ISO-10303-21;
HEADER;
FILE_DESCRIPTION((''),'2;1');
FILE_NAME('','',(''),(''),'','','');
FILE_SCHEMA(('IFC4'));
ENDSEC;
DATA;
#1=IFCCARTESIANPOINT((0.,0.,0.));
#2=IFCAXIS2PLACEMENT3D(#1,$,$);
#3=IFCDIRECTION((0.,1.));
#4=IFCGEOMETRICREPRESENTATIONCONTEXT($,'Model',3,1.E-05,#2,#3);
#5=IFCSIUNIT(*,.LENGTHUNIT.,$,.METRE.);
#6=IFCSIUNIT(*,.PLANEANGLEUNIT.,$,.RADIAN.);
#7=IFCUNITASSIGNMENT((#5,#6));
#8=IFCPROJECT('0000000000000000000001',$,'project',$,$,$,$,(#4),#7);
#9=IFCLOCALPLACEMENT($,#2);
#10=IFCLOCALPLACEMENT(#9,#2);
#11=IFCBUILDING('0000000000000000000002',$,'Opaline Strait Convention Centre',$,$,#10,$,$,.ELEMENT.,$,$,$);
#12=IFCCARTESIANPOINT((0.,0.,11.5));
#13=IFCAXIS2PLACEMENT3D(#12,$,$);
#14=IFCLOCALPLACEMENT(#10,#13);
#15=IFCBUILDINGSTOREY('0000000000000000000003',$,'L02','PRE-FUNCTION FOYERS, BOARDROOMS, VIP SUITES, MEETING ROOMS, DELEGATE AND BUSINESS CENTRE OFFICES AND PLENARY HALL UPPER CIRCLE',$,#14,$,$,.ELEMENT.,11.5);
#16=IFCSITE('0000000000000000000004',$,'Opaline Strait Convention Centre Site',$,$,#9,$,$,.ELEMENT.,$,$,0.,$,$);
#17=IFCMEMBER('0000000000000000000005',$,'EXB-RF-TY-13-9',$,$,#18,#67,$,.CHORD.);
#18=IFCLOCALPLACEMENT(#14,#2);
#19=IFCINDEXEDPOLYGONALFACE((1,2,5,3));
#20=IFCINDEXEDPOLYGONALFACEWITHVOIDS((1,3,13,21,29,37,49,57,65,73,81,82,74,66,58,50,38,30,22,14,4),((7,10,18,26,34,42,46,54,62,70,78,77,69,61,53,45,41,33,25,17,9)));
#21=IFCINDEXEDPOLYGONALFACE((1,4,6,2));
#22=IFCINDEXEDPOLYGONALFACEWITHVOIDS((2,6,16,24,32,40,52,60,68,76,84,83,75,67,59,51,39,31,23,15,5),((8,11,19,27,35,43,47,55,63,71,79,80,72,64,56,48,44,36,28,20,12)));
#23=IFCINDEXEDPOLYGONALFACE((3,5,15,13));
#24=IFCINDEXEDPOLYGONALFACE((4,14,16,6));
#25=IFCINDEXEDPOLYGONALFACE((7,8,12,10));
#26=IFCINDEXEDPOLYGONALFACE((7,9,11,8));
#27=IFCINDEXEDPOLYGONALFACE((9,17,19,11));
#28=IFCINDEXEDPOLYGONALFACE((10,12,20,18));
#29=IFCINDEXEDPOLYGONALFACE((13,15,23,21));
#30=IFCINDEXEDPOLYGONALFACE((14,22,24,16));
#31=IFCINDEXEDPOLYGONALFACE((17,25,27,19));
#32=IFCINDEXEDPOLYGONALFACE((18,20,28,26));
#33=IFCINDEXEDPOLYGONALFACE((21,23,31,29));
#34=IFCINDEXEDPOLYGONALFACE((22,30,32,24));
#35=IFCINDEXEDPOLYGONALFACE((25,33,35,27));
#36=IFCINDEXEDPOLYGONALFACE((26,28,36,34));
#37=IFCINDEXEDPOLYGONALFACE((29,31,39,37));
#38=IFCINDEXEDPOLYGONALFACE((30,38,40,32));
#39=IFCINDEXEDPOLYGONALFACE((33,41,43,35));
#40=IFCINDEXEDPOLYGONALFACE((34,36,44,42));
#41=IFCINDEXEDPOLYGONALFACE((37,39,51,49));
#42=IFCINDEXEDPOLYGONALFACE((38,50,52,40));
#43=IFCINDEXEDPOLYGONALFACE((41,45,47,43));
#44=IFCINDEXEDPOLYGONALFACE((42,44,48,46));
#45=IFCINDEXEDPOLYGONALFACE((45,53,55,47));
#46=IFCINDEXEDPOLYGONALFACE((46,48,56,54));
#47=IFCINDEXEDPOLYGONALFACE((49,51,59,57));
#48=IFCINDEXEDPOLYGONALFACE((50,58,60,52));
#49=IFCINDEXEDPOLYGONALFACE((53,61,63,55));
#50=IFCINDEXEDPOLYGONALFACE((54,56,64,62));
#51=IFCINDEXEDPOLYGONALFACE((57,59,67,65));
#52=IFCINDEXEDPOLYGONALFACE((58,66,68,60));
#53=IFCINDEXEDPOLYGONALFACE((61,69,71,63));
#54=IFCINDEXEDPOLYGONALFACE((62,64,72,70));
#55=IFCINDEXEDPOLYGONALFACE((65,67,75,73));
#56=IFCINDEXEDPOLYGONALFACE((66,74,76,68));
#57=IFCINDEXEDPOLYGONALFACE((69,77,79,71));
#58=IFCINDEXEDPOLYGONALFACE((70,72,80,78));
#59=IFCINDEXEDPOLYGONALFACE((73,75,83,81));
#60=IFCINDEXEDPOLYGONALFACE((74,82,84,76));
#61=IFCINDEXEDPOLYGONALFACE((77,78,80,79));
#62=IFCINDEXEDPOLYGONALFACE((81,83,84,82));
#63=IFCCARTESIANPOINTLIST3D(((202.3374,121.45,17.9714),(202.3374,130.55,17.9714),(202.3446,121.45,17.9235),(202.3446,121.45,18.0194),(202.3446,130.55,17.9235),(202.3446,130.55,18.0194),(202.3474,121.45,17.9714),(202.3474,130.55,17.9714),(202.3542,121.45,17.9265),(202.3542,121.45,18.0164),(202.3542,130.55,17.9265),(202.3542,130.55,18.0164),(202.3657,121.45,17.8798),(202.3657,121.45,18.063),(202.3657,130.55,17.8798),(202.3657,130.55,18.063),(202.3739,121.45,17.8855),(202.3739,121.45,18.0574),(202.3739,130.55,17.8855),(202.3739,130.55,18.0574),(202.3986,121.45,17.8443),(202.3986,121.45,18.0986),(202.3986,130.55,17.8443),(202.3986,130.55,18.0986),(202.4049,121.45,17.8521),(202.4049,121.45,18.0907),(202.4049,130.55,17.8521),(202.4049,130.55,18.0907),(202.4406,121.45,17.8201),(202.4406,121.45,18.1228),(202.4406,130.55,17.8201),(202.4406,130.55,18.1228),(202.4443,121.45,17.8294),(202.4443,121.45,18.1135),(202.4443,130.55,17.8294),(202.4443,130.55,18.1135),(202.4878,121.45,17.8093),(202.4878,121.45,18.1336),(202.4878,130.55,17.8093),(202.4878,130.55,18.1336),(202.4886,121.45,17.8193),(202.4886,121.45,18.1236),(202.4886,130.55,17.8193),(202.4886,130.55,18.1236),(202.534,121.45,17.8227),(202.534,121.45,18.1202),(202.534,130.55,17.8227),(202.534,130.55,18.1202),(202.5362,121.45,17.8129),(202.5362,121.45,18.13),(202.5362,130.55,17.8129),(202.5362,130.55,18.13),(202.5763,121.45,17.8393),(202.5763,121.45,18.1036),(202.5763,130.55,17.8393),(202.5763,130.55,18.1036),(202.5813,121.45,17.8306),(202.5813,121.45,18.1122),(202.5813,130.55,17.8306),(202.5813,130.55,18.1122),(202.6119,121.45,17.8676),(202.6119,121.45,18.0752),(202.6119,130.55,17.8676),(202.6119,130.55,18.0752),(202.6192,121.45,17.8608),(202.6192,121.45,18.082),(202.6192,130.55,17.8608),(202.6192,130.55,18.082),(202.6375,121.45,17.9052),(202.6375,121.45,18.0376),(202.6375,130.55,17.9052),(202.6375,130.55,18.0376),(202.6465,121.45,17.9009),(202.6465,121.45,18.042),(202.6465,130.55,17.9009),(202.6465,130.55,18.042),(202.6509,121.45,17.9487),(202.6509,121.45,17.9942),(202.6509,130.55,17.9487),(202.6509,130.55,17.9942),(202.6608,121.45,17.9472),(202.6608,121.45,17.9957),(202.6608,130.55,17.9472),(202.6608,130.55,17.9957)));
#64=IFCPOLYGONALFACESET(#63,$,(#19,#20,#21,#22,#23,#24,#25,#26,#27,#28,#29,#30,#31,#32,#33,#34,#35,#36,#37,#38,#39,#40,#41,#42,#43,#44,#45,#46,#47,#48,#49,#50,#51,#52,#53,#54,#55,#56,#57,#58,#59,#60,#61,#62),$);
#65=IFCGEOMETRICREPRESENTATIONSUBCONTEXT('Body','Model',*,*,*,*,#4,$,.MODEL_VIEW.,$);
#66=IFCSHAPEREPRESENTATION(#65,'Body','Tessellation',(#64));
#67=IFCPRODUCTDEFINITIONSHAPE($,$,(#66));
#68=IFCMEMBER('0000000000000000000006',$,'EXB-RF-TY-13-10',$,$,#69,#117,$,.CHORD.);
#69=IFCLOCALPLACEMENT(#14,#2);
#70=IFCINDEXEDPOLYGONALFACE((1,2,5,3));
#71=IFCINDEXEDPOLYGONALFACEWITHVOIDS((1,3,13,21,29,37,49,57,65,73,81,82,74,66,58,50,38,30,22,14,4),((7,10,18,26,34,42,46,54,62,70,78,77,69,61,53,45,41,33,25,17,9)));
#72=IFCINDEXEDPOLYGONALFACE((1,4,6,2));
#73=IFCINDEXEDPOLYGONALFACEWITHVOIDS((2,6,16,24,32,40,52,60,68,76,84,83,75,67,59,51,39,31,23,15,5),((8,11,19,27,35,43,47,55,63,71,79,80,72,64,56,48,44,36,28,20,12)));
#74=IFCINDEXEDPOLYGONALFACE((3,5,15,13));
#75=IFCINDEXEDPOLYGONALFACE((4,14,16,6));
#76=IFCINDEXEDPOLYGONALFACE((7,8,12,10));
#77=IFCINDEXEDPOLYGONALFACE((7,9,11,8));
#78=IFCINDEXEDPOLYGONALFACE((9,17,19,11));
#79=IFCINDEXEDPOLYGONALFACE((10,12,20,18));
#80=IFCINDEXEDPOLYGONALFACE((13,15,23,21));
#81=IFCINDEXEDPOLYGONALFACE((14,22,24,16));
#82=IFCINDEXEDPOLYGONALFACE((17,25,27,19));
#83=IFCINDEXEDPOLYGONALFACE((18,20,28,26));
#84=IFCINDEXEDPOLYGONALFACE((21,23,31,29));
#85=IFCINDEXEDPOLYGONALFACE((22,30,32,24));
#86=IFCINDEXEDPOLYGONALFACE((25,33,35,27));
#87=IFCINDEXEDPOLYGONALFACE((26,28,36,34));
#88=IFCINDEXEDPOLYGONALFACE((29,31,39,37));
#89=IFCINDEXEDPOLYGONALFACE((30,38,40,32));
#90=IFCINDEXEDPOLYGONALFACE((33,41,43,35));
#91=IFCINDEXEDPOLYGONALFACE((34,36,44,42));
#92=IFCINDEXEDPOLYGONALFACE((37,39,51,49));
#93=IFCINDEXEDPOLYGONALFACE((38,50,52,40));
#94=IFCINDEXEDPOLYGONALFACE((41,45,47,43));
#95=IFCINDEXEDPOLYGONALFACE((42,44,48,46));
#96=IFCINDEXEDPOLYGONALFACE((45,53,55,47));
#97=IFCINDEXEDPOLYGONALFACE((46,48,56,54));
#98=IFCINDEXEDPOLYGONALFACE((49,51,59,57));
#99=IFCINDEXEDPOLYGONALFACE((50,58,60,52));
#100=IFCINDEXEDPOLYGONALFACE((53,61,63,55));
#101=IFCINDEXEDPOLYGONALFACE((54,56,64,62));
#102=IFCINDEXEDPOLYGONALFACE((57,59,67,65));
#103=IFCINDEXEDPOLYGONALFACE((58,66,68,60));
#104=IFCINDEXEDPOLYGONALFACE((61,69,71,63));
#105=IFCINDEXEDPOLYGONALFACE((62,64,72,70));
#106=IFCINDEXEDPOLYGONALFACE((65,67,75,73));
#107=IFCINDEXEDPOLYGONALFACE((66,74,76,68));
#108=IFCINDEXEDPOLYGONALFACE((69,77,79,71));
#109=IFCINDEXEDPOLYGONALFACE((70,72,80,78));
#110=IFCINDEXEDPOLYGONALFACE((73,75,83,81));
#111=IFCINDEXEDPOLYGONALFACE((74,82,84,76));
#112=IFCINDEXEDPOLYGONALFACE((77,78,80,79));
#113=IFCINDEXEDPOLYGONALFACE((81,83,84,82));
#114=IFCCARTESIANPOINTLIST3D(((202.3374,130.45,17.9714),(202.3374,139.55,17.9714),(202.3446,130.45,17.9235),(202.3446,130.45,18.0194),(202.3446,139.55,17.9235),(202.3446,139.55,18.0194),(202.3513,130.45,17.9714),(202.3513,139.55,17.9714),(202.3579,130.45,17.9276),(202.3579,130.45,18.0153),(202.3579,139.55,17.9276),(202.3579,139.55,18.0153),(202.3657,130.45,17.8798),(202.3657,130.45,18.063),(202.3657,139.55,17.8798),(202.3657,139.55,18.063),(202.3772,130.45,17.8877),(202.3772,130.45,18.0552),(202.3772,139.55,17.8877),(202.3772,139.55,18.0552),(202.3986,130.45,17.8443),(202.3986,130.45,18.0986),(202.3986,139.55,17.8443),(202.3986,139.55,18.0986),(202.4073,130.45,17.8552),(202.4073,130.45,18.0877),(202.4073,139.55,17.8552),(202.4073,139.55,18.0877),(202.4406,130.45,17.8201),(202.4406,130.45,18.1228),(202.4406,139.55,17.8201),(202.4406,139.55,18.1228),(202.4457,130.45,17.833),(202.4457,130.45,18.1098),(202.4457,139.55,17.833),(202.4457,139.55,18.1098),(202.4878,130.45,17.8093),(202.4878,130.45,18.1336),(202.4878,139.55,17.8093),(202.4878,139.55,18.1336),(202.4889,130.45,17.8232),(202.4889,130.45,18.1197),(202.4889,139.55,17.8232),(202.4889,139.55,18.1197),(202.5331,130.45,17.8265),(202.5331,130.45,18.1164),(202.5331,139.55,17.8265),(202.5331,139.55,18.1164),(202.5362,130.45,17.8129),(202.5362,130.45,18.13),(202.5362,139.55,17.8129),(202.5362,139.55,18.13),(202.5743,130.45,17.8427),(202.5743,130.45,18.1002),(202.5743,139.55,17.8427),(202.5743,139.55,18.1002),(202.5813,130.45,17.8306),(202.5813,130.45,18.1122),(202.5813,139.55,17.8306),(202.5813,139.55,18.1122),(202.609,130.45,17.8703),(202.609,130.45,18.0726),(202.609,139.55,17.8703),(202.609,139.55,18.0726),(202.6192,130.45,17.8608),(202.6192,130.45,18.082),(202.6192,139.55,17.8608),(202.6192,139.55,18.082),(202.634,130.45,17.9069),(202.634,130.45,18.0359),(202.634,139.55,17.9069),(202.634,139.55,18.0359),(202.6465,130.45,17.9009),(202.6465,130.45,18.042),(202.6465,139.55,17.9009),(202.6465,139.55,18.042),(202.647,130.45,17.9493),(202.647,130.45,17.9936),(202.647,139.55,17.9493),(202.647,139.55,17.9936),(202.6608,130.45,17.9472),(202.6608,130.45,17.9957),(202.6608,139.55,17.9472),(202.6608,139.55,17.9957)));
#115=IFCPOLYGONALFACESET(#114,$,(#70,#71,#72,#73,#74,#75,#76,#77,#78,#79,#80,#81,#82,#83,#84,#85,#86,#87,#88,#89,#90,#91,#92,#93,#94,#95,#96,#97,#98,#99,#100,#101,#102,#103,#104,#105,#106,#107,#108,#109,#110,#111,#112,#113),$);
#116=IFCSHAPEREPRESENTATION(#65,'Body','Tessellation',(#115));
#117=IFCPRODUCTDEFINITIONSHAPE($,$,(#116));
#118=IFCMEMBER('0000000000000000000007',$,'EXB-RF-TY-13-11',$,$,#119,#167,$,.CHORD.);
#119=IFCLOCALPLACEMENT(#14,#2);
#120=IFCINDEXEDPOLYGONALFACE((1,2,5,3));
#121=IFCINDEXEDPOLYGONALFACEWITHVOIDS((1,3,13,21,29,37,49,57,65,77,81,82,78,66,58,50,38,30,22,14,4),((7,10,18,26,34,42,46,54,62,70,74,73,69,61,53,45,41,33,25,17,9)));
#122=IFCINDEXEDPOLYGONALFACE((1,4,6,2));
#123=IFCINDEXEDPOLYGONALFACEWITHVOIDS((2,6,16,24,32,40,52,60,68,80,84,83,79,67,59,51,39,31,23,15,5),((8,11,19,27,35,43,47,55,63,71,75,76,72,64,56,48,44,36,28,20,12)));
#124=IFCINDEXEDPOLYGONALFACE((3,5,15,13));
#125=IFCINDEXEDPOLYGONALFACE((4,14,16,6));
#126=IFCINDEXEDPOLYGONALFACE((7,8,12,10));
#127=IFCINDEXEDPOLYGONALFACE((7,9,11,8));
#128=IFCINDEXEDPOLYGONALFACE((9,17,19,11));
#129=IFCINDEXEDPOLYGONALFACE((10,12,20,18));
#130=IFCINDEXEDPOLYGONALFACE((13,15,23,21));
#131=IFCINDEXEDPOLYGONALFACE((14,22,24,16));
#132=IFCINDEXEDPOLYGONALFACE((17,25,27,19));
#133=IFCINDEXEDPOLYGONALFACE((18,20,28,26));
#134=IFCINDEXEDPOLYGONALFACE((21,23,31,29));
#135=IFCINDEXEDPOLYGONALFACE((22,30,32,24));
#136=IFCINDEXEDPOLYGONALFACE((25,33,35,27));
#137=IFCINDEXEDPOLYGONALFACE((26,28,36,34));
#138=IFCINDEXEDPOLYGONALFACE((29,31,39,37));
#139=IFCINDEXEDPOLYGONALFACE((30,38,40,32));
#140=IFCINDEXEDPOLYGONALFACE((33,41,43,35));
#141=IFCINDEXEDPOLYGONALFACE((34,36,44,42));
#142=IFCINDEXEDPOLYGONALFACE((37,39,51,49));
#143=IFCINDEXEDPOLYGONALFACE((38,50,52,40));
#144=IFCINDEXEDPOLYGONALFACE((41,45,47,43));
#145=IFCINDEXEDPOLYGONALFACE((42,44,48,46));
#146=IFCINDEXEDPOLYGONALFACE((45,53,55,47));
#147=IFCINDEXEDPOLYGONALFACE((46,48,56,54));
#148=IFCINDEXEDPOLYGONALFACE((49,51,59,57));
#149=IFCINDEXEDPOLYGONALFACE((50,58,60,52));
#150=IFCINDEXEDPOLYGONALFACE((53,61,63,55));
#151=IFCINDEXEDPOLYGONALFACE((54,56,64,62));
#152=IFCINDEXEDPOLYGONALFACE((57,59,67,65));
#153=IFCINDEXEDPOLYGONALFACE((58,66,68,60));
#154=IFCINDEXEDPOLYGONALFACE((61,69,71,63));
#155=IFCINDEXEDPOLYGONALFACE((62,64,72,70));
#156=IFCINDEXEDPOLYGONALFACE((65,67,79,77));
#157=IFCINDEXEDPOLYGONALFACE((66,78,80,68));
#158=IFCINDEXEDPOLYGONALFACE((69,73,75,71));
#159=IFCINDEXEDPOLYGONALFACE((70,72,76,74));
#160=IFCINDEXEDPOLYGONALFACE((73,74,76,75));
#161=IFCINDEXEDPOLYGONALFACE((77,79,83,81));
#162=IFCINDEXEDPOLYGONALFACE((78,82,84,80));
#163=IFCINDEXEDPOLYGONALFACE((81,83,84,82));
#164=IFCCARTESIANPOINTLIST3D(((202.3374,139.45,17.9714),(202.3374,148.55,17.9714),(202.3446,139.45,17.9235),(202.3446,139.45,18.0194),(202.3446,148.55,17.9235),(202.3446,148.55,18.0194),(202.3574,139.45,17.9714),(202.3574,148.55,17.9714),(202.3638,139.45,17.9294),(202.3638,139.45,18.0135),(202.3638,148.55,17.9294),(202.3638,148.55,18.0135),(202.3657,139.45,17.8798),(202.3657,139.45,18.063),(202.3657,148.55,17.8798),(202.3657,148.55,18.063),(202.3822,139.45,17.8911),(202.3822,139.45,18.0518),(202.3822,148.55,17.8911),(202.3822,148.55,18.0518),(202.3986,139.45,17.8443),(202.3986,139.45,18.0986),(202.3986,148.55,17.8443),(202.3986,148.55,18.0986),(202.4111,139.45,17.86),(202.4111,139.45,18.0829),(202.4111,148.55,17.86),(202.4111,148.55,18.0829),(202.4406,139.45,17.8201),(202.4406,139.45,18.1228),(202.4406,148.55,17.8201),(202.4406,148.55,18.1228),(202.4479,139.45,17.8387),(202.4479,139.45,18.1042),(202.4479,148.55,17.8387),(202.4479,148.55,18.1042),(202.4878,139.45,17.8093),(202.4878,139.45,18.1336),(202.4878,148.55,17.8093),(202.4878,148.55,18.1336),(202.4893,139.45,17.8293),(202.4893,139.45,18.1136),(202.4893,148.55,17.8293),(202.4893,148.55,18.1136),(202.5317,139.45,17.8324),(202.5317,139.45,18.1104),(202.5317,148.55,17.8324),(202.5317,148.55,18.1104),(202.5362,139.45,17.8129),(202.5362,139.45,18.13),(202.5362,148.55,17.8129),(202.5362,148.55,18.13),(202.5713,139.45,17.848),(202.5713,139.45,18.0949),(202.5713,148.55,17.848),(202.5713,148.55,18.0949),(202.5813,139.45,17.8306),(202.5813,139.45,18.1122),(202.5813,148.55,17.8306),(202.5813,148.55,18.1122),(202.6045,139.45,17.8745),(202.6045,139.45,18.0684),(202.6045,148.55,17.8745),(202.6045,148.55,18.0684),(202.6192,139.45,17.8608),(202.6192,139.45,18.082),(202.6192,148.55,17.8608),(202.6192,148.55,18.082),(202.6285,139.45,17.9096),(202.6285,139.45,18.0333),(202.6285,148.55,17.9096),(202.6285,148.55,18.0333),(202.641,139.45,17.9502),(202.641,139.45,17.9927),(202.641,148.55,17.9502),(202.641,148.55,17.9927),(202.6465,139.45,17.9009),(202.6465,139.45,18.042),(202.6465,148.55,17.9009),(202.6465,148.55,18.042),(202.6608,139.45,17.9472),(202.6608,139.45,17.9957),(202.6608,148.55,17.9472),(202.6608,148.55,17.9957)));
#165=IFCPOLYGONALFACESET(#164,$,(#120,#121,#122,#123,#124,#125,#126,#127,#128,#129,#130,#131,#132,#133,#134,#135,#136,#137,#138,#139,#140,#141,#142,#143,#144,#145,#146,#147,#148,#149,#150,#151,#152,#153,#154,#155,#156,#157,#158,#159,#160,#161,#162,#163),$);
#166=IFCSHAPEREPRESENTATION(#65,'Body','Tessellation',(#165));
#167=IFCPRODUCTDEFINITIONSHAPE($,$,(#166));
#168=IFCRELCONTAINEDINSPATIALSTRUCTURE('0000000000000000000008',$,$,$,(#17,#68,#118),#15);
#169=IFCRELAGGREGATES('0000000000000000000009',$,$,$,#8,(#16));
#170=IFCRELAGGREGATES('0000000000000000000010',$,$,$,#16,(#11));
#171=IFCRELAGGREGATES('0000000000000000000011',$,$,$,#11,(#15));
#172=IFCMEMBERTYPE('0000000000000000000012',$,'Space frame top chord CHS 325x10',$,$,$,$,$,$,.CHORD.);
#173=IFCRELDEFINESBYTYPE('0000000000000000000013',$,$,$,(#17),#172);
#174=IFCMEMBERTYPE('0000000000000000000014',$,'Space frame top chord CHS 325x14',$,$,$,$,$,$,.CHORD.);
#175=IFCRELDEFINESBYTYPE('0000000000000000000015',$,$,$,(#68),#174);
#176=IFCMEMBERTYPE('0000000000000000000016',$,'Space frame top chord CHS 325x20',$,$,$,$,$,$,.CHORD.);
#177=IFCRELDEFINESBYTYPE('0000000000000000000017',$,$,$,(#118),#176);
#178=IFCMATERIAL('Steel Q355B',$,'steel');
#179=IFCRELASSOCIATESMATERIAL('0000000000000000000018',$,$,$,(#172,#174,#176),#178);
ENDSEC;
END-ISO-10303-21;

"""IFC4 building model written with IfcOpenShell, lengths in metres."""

from ifc_helpers import new_model, si_unit, direction, frame, origin, origin_2d, place, context, subcontext, project, spatial, hollow_circle, extrude, material, material_profile, profile_set, type_object, element, save


model = new_model("IFC4")

# Units and contexts
model_context = context("Model", 3, precision=1e-05, world=origin(), true_north=direction((0.0, 1.0)))
body_context = subcontext(model_context, "Body", "Model", "MODEL_VIEW")
ifc_project = project(units=[si_unit("LENGTHUNIT", "METRE"), si_unit("PLANEANGLEUNIT", "RADIAN")], contexts=[model_context])

# Site, building, storey
site_placement = place(None, origin())
site = spatial("IfcSite", under=ifc_project, at=site_placement, Name="Opaline Strait Convention Centre Site", CompositionType="ELEMENT", RefElevation=0.0)
building_placement = place(site_placement, origin())
building = spatial("IfcBuilding", under=site, at=building_placement, Name="Opaline Strait Convention Centre", CompositionType="ELEMENT")
storey_placement = place(building_placement, frame((0.0, 0.0, 11.5)))
storey = spatial("IfcBuildingStorey", under=building, at=storey_placement, Name="L02", Description="PRE-FUNCTION FOYERS, BOARDROOMS, VIP SUITES, MEETING ROOMS, DELEGATE AND BUSINESS CENTRE OFFICES AND PLENARY HALL UPPER CIRCLE", CompositionType="ELEMENT", Elevation=11.5)

# Members
ifc_material = material(Name="Steel Q355B", Category="steel")
ifc_material_profile_1 = material_profile(ifc_material, hollow_circle(Radius=0.1626, WallThickness=0.01, at=origin_2d()), Name="CHS 325x10")
ifc_profile_set_1 = profile_set([ifc_material_profile_1], Name="Steel Q355B")
member_type_1 = type_object("IfcMemberType", Name="Space frame top chord CHS 325x10", PredefinedType="CHORD", material=ifc_profile_set_1)
for number, where, z_axis, x_axis, name in (
    (1, (202.5, 121.45, 17.9714), (0.0, 1.0, 0.0), (-1.0, 0.0, 0.0), "EXB-RF-TY-13-9"),
):
    element("IfcMember", number, at=place(storey_placement, frame(where, z_axis=z_axis, x_axis=x_axis)), inside=storey, type_object=member_type_1, Name=name, PredefinedType="CHORD", context=body_context, shape_type="SweptSolid", body=[
        extrude(hollow_circle(Radius=0.1626, WallThickness=0.01, at=origin_2d()), origin(), (0.0, 0.0, 1.0), 9.1001),
    ])
ifc_material_profile_2 = material_profile(ifc_material, hollow_circle(Radius=0.1626, WallThickness=0.0139, at=origin_2d()), Name="CHS 325x14")
ifc_profile_set_2 = profile_set([ifc_material_profile_2], Name="Steel Q355B")
member_type_2 = type_object("IfcMemberType", Name="Space frame top chord CHS 325x14", PredefinedType="CHORD", material=ifc_profile_set_2)
member_1_placement = place(storey_placement, frame((202.5, 130.45, 17.9714), z_axis=(0.0, 1.0, 0.0), x_axis=(-1.0, 0.0, 0.0)))
element("IfcMember", 2, at=member_1_placement, inside=storey, type_object=member_type_2, Name="EXB-RF-TY-13-10", PredefinedType="CHORD", context=body_context, shape_type="SweptSolid", body=[
    extrude(hollow_circle(Radius=0.1626, WallThickness=0.0139, at=origin_2d()), origin(), (0.0, 0.0, 1.0), 9.1001),
])
ifc_material_profile_3 = material_profile(ifc_material, hollow_circle(Radius=0.1626, WallThickness=0.02, at=origin_2d()), Name="CHS 325x20")
ifc_profile_set_3 = profile_set([ifc_material_profile_3], Name="Steel Q355B")
member_type_3 = type_object("IfcMemberType", Name="Space frame top chord CHS 325x20", PredefinedType="CHORD", material=ifc_profile_set_3)
member_2_placement = place(storey_placement, frame((202.5, 139.45, 17.9714), z_axis=(0.0, 1.0, 0.0), x_axis=(-1.0, 0.0, 0.0)))
element("IfcMember", 3, at=member_2_placement, inside=storey, type_object=member_type_3, Name="EXB-RF-TY-13-11", PredefinedType="CHORD", context=body_context, shape_type="SweptSolid", body=[
    extrude(hollow_circle(Radius=0.1626, WallThickness=0.02, at=origin_2d()), origin(), (0.0, 0.0, 1.0), 9.1001),
])

save(model, "model.ifc")
